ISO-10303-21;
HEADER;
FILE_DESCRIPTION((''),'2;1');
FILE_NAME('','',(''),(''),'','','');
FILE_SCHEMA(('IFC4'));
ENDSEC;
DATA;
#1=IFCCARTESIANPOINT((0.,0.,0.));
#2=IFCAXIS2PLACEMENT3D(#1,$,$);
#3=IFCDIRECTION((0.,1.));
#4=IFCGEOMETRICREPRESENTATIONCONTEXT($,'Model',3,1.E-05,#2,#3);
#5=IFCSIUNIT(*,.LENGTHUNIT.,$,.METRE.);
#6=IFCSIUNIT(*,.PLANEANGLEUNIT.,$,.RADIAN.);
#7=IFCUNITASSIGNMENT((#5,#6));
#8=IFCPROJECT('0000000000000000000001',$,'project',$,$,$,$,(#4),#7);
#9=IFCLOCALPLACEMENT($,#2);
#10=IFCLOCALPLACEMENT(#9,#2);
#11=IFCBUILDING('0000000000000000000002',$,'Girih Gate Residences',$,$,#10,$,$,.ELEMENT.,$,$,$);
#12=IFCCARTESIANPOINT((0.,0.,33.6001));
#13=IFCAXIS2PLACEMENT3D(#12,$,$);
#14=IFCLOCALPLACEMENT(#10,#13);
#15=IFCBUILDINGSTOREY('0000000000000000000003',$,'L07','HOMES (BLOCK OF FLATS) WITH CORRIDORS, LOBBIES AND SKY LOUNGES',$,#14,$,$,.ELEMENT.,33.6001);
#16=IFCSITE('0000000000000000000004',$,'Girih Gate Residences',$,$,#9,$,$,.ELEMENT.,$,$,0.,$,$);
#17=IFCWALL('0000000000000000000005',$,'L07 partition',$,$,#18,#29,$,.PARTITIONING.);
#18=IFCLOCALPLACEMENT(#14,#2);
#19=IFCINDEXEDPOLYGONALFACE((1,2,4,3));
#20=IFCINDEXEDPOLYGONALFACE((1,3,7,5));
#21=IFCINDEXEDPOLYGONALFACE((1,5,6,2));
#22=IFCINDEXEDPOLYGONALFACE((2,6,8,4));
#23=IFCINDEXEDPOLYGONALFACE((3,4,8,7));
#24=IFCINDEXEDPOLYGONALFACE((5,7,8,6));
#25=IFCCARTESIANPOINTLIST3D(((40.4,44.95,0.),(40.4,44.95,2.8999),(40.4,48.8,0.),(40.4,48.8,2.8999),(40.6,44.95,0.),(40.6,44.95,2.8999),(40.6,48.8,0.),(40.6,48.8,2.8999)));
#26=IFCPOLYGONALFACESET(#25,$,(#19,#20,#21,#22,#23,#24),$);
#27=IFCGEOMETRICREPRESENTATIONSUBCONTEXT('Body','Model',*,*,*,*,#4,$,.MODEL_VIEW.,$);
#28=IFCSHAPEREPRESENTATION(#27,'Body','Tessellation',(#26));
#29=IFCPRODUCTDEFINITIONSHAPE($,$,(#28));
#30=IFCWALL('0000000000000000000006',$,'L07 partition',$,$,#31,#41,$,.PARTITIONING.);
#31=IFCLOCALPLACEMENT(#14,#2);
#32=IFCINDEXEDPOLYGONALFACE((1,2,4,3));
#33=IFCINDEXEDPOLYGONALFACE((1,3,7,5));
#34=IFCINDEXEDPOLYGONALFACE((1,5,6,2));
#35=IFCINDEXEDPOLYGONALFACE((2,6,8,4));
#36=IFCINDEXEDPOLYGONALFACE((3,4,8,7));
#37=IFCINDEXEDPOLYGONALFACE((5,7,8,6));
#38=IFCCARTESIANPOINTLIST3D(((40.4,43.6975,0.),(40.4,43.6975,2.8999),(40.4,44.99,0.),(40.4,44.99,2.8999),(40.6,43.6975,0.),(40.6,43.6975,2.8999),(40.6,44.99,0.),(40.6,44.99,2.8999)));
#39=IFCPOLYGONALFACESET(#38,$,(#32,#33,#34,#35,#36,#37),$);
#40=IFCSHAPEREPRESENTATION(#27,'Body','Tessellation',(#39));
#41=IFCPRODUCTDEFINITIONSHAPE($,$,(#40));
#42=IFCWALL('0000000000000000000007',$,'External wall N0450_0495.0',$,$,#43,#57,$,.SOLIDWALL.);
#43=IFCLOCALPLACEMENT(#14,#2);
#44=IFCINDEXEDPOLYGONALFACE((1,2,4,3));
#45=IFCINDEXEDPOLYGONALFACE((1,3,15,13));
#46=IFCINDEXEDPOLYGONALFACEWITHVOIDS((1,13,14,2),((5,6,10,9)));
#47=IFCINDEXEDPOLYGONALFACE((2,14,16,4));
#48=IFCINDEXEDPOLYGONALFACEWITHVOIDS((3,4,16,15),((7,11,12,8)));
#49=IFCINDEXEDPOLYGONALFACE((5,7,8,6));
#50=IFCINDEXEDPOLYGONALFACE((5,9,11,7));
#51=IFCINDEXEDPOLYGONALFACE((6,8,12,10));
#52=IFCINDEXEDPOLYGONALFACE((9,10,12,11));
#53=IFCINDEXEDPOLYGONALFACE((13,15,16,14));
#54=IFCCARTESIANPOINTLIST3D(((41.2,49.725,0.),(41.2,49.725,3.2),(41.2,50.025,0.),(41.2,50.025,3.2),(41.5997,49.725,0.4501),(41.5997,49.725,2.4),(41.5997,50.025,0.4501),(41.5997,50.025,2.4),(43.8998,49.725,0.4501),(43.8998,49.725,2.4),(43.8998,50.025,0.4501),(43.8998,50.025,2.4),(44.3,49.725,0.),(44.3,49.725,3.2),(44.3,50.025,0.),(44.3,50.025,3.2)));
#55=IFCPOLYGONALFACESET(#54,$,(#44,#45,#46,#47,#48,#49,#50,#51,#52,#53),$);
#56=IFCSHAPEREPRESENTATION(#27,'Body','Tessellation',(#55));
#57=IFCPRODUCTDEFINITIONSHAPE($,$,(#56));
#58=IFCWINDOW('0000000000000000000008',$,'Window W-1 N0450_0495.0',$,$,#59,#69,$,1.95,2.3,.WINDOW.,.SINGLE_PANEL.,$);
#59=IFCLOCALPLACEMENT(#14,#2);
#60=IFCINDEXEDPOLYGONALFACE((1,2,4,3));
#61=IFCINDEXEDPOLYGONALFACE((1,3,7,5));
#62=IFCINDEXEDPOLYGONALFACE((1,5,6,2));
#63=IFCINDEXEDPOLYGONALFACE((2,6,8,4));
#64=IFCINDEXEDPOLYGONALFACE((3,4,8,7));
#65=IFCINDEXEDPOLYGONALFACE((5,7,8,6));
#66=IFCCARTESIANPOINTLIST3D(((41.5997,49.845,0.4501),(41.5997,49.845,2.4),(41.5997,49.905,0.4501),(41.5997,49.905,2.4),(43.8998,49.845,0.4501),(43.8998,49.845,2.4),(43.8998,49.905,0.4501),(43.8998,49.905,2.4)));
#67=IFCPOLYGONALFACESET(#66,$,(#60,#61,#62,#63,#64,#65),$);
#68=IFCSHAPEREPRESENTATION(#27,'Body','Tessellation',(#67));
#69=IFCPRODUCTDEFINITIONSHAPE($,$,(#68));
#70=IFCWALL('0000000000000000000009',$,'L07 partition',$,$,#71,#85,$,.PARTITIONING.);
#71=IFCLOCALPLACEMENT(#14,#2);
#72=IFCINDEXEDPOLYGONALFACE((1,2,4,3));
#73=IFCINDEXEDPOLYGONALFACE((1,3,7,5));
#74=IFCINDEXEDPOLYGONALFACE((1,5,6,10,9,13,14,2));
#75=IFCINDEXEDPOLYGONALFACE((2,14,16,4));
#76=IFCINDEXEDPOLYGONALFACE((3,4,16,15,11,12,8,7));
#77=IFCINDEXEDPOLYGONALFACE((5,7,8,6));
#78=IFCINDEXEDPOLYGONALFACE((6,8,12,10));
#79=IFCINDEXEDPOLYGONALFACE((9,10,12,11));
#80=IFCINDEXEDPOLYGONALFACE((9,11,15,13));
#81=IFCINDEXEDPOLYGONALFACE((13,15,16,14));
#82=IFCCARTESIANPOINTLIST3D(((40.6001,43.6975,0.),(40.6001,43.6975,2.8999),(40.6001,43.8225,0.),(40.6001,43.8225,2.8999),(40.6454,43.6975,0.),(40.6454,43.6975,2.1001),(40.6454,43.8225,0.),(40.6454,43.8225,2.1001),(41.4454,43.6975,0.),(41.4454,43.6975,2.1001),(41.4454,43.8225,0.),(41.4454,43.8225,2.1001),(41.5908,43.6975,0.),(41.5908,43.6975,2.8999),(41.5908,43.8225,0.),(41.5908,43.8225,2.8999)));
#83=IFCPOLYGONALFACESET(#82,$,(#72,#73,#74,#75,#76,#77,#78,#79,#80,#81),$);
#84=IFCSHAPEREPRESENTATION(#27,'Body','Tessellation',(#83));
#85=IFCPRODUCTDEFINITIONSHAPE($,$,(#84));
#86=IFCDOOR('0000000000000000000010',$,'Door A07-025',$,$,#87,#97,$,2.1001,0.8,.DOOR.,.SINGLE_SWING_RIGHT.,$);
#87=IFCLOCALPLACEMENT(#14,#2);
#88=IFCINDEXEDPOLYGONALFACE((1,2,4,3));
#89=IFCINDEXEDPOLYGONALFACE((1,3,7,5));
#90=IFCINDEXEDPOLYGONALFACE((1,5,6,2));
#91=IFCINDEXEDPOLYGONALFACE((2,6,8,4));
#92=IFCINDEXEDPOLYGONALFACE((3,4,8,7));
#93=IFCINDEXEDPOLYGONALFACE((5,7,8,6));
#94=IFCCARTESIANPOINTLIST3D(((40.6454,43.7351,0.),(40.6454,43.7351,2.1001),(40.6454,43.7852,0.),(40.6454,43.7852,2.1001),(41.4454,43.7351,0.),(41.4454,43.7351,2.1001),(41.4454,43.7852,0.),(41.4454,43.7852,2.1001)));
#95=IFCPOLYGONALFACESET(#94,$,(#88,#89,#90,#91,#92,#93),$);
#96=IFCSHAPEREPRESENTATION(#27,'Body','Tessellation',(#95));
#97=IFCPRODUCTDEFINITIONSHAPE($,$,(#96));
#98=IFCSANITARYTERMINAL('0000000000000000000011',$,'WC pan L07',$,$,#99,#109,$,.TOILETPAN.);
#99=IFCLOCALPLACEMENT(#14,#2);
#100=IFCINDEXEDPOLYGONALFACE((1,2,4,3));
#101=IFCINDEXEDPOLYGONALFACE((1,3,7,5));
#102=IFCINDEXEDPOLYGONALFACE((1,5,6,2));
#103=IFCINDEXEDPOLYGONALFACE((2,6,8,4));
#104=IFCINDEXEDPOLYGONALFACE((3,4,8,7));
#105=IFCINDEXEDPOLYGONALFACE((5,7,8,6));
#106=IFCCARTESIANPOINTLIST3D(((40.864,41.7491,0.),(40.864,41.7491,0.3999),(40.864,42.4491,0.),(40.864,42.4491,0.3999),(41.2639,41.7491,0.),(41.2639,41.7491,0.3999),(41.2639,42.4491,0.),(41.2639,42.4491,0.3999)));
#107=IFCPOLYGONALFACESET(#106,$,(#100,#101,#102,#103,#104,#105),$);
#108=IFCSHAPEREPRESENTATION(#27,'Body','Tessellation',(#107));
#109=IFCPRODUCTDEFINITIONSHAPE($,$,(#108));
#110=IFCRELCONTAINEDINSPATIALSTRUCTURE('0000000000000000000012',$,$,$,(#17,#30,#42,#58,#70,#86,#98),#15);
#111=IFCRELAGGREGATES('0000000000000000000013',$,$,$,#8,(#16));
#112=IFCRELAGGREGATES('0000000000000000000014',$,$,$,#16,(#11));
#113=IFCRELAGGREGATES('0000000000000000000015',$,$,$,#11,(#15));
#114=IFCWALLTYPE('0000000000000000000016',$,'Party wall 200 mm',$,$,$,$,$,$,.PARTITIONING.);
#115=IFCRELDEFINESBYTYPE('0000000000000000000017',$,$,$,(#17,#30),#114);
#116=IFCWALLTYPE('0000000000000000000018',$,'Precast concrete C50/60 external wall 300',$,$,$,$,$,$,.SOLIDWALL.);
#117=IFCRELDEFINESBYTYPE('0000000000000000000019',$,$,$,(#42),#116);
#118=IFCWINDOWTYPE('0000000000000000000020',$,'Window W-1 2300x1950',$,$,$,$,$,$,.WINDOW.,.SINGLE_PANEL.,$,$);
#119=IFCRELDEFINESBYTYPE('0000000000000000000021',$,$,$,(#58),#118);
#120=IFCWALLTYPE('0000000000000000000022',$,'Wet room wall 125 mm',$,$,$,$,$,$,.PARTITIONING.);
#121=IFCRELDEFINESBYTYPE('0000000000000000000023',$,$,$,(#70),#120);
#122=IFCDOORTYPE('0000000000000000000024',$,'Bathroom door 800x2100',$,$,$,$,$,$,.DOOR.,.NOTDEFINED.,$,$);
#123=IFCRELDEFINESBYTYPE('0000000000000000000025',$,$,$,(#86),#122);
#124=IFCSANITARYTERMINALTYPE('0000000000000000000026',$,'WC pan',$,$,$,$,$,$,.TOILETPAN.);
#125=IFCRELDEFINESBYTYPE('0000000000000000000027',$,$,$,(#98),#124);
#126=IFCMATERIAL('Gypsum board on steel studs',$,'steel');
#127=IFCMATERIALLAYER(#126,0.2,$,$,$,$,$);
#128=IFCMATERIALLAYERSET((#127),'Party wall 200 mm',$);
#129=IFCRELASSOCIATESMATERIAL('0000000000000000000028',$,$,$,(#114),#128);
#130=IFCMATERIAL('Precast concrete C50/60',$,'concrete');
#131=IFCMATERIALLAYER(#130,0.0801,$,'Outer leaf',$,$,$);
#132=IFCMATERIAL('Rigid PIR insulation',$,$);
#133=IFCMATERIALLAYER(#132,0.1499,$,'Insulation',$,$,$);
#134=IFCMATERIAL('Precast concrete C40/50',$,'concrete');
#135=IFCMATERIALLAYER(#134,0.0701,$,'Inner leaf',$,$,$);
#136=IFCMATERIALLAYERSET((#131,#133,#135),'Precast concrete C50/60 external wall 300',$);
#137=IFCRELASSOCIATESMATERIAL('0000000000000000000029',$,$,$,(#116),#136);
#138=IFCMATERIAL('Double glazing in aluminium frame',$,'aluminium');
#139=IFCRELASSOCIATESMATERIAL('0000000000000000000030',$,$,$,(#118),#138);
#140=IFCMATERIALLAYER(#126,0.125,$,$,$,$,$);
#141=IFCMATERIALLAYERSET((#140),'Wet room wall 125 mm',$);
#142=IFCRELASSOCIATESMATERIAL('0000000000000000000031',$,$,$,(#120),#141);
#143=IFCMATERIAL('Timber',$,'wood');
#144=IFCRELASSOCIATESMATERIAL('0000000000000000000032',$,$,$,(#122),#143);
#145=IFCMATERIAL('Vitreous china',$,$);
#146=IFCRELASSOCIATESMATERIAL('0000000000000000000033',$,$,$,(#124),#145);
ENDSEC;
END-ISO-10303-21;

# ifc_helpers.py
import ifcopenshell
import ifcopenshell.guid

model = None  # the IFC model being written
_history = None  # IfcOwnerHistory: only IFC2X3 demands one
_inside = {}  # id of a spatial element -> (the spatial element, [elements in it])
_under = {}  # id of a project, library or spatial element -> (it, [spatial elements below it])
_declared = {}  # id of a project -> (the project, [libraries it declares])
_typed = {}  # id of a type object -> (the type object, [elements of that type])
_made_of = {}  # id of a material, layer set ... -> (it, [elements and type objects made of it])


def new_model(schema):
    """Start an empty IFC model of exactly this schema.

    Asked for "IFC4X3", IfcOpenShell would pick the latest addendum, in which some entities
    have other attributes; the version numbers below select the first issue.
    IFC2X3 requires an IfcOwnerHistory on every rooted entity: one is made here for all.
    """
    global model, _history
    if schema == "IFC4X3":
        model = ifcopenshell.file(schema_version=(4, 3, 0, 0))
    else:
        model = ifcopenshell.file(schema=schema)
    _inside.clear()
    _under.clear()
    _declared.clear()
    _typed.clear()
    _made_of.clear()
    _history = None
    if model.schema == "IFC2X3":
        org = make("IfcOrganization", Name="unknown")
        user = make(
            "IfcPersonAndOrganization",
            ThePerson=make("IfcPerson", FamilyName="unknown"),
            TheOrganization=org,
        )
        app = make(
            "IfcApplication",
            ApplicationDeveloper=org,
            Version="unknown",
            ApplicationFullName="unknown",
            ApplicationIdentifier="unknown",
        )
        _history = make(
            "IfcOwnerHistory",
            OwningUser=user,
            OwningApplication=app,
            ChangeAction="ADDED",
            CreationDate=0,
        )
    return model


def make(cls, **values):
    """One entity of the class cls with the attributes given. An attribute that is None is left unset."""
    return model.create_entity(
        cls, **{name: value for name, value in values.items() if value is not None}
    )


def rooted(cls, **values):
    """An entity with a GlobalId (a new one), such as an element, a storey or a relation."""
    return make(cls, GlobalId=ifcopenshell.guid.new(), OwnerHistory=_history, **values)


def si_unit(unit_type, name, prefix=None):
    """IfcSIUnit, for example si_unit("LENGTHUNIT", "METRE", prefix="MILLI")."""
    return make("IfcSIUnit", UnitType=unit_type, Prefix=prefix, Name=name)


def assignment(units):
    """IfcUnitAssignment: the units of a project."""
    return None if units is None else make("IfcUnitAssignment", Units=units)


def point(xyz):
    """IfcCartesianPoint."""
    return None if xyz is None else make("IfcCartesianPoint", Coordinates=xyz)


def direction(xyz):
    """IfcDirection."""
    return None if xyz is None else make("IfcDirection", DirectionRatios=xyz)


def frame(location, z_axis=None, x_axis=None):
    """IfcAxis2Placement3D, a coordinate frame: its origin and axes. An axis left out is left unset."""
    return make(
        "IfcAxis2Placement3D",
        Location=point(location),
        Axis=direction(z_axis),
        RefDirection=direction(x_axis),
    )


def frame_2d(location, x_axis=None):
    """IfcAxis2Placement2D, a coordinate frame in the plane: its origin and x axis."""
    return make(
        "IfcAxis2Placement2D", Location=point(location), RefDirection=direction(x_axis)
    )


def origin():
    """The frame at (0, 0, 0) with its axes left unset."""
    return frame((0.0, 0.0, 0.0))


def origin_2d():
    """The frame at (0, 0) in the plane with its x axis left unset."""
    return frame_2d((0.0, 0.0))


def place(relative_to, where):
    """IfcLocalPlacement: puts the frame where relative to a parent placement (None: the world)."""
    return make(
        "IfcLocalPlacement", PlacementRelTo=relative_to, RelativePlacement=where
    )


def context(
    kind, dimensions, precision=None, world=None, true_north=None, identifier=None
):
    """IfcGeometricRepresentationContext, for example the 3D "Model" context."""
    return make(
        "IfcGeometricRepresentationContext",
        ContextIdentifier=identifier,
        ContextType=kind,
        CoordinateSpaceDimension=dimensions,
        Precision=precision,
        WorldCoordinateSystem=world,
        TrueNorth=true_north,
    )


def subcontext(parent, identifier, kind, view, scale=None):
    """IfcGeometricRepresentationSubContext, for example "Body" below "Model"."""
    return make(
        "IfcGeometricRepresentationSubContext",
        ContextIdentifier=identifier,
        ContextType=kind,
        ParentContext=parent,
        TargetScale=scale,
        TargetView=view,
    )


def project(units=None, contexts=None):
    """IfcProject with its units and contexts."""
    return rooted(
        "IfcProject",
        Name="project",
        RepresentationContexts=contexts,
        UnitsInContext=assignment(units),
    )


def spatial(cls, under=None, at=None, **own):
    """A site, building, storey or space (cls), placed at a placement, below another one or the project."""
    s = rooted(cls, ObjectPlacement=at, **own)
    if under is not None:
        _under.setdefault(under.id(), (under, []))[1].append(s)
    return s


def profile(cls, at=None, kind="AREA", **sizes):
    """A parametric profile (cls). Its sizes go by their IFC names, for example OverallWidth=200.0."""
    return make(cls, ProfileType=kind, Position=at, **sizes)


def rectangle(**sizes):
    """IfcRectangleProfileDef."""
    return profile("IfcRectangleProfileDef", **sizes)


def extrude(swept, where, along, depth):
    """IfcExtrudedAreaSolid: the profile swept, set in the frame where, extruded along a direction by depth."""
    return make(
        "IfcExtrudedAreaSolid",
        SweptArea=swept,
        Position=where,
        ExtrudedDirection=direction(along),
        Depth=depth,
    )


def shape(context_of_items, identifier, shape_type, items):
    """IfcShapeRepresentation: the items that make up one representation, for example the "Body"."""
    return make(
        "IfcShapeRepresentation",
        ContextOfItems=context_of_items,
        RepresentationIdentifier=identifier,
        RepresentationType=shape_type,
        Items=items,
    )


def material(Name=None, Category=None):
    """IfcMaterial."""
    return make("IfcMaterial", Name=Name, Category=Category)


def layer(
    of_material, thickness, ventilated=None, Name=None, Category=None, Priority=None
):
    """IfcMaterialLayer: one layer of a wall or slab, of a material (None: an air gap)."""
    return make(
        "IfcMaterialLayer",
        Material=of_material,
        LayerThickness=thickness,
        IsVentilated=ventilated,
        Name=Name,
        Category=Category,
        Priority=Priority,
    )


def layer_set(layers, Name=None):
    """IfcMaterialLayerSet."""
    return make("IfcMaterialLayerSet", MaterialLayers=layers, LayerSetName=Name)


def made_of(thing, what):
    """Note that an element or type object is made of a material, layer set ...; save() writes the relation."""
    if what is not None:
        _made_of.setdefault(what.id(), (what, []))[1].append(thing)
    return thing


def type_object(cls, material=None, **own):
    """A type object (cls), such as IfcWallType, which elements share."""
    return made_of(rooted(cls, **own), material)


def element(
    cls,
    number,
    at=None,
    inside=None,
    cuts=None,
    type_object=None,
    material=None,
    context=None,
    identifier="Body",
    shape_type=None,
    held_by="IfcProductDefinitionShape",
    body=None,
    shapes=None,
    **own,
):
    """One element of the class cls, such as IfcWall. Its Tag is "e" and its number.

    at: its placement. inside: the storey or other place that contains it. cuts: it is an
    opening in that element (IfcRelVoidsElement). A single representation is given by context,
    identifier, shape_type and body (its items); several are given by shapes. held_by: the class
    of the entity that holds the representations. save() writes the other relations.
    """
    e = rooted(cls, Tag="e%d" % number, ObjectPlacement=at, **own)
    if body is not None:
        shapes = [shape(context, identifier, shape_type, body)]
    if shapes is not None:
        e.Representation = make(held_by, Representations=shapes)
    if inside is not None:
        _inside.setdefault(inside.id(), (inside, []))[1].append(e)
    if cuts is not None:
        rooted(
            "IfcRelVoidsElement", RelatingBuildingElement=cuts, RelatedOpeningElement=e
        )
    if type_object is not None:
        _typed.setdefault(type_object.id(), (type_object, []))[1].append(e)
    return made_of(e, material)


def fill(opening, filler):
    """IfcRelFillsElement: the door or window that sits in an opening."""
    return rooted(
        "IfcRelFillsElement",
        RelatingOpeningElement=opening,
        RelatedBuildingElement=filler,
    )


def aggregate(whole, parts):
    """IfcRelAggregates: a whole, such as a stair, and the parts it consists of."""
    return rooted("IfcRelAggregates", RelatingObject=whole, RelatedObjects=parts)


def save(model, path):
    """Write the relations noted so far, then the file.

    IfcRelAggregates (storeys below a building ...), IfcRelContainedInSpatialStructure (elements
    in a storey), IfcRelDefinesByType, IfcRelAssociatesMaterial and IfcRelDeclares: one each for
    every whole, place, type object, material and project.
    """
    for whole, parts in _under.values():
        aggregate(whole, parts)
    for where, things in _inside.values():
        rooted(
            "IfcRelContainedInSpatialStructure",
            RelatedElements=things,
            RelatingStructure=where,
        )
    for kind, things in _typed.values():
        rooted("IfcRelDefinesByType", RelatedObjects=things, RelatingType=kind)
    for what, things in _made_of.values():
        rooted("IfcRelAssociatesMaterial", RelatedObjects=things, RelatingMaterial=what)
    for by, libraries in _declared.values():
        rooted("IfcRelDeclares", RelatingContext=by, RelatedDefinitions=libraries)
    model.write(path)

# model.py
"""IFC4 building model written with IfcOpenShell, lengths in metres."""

from ifc_helpers import new_model, si_unit, direction, frame, frame_2d, origin, origin_2d, place, context, subcontext, project, spatial, rectangle, extrude, material, layer, layer_set, type_object, element, fill, save


model = new_model("IFC4")

# Units and contexts
model_context = context("Model", 3, precision=1e-05, world=origin(), true_north=direction((0.0, 1.0)))
body_context = subcontext(model_context, "Body", "Model", "MODEL_VIEW")
ifc_project = project(units=[si_unit("LENGTHUNIT", "METRE"), si_unit("PLANEANGLEUNIT", "RADIAN")], contexts=[model_context])

# Site, building, storey
site_placement = place(None, origin())
site = spatial("IfcSite", under=ifc_project, at=site_placement, Name="Girih Gate Residences", CompositionType="ELEMENT", RefElevation=0.0)
building_placement = place(site_placement, origin())
building = spatial("IfcBuilding", under=site, at=building_placement, Name="Girih Gate Residences", CompositionType="ELEMENT")
storey_placement = place(building_placement, frame((0.0, 0.0, 33.6001)))
storey = spatial("IfcBuildingStorey", under=building, at=storey_placement, Name="L07", Description="HOMES (BLOCK OF FLATS) WITH CORRIDORS, LOBBIES AND SKY LOUNGES", CompositionType="ELEMENT", Elevation=33.6001)

# Shared definitions
ifc_material_1 = material(Name="Gypsum board on steel studs", Category="steel")
ifc_material_2 = material(Name="Timber", Category="wood")

# Walls
ifc_layer_1 = layer(ifc_material_1, 0.2)
ifc_layer_set_1 = layer_set([ifc_layer_1], Name="Party wall 200 mm")
wall_type_1 = type_object("IfcWallType", Name="Party wall 200 mm", PredefinedType="PARTITIONING", material=ifc_layer_set_1)
wall_1_placement = place(storey_placement, frame((40.5, 44.95, 0.0), z_axis=(0.0, 0.0, 1.0), x_axis=(0.0, 1.0, 0.0)))
element("IfcWall", 1, at=wall_1_placement, inside=storey, type_object=wall_type_1, Name="L07 partition", PredefinedType="PARTITIONING", context=body_context, shape_type="SweptSolid", body=[
    extrude(rectangle(XDim=3.8501, YDim=0.2, at=frame_2d((1.925, 0.0))), origin(), (0.0, 0.0, 1.0), 2.8999),
])
wall_2_placement = place(storey_placement, frame((40.5, 43.6975, 0.0), z_axis=(0.0, 0.0, 1.0), x_axis=(0.0, 1.0, 0.0)))
element("IfcWall", 2, at=wall_2_placement, inside=storey, type_object=wall_type_1, Name="L07 partition", PredefinedType="PARTITIONING", context=body_context, shape_type="SweptSolid", body=[
    extrude(rectangle(XDim=1.2925, YDim=0.2, at=frame_2d((0.6462, 0.0))), origin(), (0.0, 0.0, 1.0), 2.8999),
])

# Wall, opening, window
ifc_material_3 = material(Name="Precast concrete C50/60", Category="concrete")
ifc_layer_2 = layer(ifc_material_3, 0.0801, Name="Outer leaf")
ifc_material_4 = material(Name="Rigid PIR insulation")
ifc_layer_3 = layer(ifc_material_4, 0.1499, Name="Insulation")
ifc_material_5 = material(Name="Precast concrete C40/50", Category="concrete")
ifc_layer_4 = layer(ifc_material_5, 0.0701, Name="Inner leaf")
ifc_layer_set_2 = layer_set([ifc_layer_2, ifc_layer_3, ifc_layer_4], Name="Precast concrete C50/60 external wall 300")
wall_type_2 = type_object("IfcWallType", Name="Precast concrete C50/60 external wall 300", PredefinedType="SOLIDWALL", material=ifc_layer_set_2)
wall_3_placement = place(storey_placement, frame((41.2, 49.875, 0.0), z_axis=(0.0, 0.0, 1.0), x_axis=(1.0, 0.0, 0.0)))
wall_3 = element("IfcWall", 3, at=wall_3_placement, inside=storey, type_object=wall_type_2, Name="External wall N0450_0495.0", PredefinedType="SOLIDWALL", context=body_context, shape_type="SweptSolid", body=[
    extrude(rectangle(XDim=3.1001, YDim=0.3, at=frame_2d((1.55, 0.0))), origin(), (0.0, 0.0, 1.0), 3.2),
])
opening_1_placement = place(wall_3_placement, frame((0.3999, 0.0, 0.45)))
opening_1 = element("IfcOpeningElement", 4, at=opening_1_placement, cuts=wall_3, PredefinedType="OPENING", context=body_context, shape_type="SweptSolid", body=[
    extrude(rectangle(XDim=2.3, YDim=1.95, at=frame_2d((1.1499, 0.9751))), frame((0.0, 0.1599, 0.0), z_axis=(0.0, -1.0, 0.0), x_axis=(1.0, 0.0, 0.0)), (0.0, 0.0, 1.0), 0.3201),
])
ifc_material_6 = material(Name="Double glazing in aluminium frame", Category="aluminium")
window_type = type_object("IfcWindowType", Name="Window W-1 2300x1950", PartitioningType="SINGLE_PANEL", PredefinedType="WINDOW", material=ifc_material_6)
window_placement = place(opening_1_placement, origin())
window = element("IfcWindow", 5, at=window_placement, inside=storey, type_object=window_type, Name="Window W-1 N0450_0495.0", OverallHeight=1.95, OverallWidth=2.3, PartitioningType="SINGLE_PANEL", PredefinedType="WINDOW", context=body_context, shape_type="SweptSolid", body=[
    extrude(rectangle(XDim=2.3, YDim=1.95, at=frame_2d((1.1499, 0.9751))), frame((0.0, 0.03, 0.0), z_axis=(0.0, -1.0, 0.0), x_axis=(1.0, 0.0, 0.0)), (0.0, 0.0, 1.0), 0.0601),
])
fill(opening_1, window)

# Wall, opening, door
ifc_layer_5 = layer(ifc_material_1, 0.125)
ifc_layer_set_3 = layer_set([ifc_layer_5], Name="Wet room wall 125 mm")
wall_type_3 = type_object("IfcWallType", Name="Wet room wall 125 mm", PredefinedType="PARTITIONING", material=ifc_layer_set_3)
wall_4_placement = place(storey_placement, frame((41.5908, 43.76, 0.0), z_axis=(0.0, 0.0, 1.0), x_axis=(-1.0, 0.0, 0.0)))
wall_4 = element("IfcWall", 6, at=wall_4_placement, inside=storey, type_object=wall_type_3, Name="L07 partition", PredefinedType="PARTITIONING", context=body_context, shape_type="SweptSolid", body=[
    extrude(rectangle(XDim=0.9907, YDim=0.125, at=frame_2d((0.4954, 0.0))), origin(), (0.0, 0.0, 1.0), 2.8999),
])
opening_2_placement = place(wall_4_placement, frame((0.1455, 0.0, 0.0)))
opening_2 = element("IfcOpeningElement", 7, at=opening_2_placement, cuts=wall_4, PredefinedType="OPENING", context=body_context, shape_type="SweptSolid", body=[
    extrude(rectangle(XDim=0.8, YDim=2.1001, at=frame_2d((0.3999, 1.05))), frame((0.0, 0.0725, 0.0), z_axis=(0.0, -1.0, 0.0), x_axis=(1.0, 0.0, 0.0)), (0.0, 0.0, 1.0), 0.145),
])
door_type_1 = type_object("IfcDoorType", Name="Bathroom door 800x2100", OperationType="NOTDEFINED", PredefinedType="DOOR", material=ifc_material_2)
door_1_placement = place(opening_2_placement, origin())
door_1 = element("IfcDoor", 8, at=door_1_placement, inside=storey, type_object=door_type_1, Name="Door A07-025", OperationType="SINGLE_SWING_RIGHT", OverallHeight=2.1001, OverallWidth=0.8, PredefinedType="DOOR", context=body_context, shape_type="SweptSolid", body=[
    extrude(rectangle(XDim=0.8, YDim=2.1001, at=frame_2d((0.3999, 1.05))), frame((0.0, 0.0249, 0.0), z_axis=(0.0, -1.0, 0.0), x_axis=(1.0, 0.0, 0.0)), (0.0, 0.0, 1.0), 0.05),
])
fill(opening_2, door_1)

# Sanitary terminal
ifc_material_7 = material(Name="Vitreous china")
sanitary_terminal_type = type_object("IfcSanitaryTerminalType", Name="WC pan", PredefinedType="TOILETPAN", material=ifc_material_7)
sanitary_terminal_placement = place(storey_placement, frame((41.064, 42.0991, 0.0), z_axis=(0.0, 0.0, 1.0), x_axis=(1.0, 0.0, 0.0)))
element("IfcSanitaryTerminal", 9, at=sanitary_terminal_placement, inside=storey, type_object=sanitary_terminal_type, Name="WC pan L07", PredefinedType="TOILETPAN", context=body_context, shape_type="SweptSolid", body=[
    extrude(rectangle(XDim=0.3999, YDim=0.7, at=origin_2d()), origin(), (0.0, 0.0, 1.0), 0.3999),
])

save(model, "model.ifc")
